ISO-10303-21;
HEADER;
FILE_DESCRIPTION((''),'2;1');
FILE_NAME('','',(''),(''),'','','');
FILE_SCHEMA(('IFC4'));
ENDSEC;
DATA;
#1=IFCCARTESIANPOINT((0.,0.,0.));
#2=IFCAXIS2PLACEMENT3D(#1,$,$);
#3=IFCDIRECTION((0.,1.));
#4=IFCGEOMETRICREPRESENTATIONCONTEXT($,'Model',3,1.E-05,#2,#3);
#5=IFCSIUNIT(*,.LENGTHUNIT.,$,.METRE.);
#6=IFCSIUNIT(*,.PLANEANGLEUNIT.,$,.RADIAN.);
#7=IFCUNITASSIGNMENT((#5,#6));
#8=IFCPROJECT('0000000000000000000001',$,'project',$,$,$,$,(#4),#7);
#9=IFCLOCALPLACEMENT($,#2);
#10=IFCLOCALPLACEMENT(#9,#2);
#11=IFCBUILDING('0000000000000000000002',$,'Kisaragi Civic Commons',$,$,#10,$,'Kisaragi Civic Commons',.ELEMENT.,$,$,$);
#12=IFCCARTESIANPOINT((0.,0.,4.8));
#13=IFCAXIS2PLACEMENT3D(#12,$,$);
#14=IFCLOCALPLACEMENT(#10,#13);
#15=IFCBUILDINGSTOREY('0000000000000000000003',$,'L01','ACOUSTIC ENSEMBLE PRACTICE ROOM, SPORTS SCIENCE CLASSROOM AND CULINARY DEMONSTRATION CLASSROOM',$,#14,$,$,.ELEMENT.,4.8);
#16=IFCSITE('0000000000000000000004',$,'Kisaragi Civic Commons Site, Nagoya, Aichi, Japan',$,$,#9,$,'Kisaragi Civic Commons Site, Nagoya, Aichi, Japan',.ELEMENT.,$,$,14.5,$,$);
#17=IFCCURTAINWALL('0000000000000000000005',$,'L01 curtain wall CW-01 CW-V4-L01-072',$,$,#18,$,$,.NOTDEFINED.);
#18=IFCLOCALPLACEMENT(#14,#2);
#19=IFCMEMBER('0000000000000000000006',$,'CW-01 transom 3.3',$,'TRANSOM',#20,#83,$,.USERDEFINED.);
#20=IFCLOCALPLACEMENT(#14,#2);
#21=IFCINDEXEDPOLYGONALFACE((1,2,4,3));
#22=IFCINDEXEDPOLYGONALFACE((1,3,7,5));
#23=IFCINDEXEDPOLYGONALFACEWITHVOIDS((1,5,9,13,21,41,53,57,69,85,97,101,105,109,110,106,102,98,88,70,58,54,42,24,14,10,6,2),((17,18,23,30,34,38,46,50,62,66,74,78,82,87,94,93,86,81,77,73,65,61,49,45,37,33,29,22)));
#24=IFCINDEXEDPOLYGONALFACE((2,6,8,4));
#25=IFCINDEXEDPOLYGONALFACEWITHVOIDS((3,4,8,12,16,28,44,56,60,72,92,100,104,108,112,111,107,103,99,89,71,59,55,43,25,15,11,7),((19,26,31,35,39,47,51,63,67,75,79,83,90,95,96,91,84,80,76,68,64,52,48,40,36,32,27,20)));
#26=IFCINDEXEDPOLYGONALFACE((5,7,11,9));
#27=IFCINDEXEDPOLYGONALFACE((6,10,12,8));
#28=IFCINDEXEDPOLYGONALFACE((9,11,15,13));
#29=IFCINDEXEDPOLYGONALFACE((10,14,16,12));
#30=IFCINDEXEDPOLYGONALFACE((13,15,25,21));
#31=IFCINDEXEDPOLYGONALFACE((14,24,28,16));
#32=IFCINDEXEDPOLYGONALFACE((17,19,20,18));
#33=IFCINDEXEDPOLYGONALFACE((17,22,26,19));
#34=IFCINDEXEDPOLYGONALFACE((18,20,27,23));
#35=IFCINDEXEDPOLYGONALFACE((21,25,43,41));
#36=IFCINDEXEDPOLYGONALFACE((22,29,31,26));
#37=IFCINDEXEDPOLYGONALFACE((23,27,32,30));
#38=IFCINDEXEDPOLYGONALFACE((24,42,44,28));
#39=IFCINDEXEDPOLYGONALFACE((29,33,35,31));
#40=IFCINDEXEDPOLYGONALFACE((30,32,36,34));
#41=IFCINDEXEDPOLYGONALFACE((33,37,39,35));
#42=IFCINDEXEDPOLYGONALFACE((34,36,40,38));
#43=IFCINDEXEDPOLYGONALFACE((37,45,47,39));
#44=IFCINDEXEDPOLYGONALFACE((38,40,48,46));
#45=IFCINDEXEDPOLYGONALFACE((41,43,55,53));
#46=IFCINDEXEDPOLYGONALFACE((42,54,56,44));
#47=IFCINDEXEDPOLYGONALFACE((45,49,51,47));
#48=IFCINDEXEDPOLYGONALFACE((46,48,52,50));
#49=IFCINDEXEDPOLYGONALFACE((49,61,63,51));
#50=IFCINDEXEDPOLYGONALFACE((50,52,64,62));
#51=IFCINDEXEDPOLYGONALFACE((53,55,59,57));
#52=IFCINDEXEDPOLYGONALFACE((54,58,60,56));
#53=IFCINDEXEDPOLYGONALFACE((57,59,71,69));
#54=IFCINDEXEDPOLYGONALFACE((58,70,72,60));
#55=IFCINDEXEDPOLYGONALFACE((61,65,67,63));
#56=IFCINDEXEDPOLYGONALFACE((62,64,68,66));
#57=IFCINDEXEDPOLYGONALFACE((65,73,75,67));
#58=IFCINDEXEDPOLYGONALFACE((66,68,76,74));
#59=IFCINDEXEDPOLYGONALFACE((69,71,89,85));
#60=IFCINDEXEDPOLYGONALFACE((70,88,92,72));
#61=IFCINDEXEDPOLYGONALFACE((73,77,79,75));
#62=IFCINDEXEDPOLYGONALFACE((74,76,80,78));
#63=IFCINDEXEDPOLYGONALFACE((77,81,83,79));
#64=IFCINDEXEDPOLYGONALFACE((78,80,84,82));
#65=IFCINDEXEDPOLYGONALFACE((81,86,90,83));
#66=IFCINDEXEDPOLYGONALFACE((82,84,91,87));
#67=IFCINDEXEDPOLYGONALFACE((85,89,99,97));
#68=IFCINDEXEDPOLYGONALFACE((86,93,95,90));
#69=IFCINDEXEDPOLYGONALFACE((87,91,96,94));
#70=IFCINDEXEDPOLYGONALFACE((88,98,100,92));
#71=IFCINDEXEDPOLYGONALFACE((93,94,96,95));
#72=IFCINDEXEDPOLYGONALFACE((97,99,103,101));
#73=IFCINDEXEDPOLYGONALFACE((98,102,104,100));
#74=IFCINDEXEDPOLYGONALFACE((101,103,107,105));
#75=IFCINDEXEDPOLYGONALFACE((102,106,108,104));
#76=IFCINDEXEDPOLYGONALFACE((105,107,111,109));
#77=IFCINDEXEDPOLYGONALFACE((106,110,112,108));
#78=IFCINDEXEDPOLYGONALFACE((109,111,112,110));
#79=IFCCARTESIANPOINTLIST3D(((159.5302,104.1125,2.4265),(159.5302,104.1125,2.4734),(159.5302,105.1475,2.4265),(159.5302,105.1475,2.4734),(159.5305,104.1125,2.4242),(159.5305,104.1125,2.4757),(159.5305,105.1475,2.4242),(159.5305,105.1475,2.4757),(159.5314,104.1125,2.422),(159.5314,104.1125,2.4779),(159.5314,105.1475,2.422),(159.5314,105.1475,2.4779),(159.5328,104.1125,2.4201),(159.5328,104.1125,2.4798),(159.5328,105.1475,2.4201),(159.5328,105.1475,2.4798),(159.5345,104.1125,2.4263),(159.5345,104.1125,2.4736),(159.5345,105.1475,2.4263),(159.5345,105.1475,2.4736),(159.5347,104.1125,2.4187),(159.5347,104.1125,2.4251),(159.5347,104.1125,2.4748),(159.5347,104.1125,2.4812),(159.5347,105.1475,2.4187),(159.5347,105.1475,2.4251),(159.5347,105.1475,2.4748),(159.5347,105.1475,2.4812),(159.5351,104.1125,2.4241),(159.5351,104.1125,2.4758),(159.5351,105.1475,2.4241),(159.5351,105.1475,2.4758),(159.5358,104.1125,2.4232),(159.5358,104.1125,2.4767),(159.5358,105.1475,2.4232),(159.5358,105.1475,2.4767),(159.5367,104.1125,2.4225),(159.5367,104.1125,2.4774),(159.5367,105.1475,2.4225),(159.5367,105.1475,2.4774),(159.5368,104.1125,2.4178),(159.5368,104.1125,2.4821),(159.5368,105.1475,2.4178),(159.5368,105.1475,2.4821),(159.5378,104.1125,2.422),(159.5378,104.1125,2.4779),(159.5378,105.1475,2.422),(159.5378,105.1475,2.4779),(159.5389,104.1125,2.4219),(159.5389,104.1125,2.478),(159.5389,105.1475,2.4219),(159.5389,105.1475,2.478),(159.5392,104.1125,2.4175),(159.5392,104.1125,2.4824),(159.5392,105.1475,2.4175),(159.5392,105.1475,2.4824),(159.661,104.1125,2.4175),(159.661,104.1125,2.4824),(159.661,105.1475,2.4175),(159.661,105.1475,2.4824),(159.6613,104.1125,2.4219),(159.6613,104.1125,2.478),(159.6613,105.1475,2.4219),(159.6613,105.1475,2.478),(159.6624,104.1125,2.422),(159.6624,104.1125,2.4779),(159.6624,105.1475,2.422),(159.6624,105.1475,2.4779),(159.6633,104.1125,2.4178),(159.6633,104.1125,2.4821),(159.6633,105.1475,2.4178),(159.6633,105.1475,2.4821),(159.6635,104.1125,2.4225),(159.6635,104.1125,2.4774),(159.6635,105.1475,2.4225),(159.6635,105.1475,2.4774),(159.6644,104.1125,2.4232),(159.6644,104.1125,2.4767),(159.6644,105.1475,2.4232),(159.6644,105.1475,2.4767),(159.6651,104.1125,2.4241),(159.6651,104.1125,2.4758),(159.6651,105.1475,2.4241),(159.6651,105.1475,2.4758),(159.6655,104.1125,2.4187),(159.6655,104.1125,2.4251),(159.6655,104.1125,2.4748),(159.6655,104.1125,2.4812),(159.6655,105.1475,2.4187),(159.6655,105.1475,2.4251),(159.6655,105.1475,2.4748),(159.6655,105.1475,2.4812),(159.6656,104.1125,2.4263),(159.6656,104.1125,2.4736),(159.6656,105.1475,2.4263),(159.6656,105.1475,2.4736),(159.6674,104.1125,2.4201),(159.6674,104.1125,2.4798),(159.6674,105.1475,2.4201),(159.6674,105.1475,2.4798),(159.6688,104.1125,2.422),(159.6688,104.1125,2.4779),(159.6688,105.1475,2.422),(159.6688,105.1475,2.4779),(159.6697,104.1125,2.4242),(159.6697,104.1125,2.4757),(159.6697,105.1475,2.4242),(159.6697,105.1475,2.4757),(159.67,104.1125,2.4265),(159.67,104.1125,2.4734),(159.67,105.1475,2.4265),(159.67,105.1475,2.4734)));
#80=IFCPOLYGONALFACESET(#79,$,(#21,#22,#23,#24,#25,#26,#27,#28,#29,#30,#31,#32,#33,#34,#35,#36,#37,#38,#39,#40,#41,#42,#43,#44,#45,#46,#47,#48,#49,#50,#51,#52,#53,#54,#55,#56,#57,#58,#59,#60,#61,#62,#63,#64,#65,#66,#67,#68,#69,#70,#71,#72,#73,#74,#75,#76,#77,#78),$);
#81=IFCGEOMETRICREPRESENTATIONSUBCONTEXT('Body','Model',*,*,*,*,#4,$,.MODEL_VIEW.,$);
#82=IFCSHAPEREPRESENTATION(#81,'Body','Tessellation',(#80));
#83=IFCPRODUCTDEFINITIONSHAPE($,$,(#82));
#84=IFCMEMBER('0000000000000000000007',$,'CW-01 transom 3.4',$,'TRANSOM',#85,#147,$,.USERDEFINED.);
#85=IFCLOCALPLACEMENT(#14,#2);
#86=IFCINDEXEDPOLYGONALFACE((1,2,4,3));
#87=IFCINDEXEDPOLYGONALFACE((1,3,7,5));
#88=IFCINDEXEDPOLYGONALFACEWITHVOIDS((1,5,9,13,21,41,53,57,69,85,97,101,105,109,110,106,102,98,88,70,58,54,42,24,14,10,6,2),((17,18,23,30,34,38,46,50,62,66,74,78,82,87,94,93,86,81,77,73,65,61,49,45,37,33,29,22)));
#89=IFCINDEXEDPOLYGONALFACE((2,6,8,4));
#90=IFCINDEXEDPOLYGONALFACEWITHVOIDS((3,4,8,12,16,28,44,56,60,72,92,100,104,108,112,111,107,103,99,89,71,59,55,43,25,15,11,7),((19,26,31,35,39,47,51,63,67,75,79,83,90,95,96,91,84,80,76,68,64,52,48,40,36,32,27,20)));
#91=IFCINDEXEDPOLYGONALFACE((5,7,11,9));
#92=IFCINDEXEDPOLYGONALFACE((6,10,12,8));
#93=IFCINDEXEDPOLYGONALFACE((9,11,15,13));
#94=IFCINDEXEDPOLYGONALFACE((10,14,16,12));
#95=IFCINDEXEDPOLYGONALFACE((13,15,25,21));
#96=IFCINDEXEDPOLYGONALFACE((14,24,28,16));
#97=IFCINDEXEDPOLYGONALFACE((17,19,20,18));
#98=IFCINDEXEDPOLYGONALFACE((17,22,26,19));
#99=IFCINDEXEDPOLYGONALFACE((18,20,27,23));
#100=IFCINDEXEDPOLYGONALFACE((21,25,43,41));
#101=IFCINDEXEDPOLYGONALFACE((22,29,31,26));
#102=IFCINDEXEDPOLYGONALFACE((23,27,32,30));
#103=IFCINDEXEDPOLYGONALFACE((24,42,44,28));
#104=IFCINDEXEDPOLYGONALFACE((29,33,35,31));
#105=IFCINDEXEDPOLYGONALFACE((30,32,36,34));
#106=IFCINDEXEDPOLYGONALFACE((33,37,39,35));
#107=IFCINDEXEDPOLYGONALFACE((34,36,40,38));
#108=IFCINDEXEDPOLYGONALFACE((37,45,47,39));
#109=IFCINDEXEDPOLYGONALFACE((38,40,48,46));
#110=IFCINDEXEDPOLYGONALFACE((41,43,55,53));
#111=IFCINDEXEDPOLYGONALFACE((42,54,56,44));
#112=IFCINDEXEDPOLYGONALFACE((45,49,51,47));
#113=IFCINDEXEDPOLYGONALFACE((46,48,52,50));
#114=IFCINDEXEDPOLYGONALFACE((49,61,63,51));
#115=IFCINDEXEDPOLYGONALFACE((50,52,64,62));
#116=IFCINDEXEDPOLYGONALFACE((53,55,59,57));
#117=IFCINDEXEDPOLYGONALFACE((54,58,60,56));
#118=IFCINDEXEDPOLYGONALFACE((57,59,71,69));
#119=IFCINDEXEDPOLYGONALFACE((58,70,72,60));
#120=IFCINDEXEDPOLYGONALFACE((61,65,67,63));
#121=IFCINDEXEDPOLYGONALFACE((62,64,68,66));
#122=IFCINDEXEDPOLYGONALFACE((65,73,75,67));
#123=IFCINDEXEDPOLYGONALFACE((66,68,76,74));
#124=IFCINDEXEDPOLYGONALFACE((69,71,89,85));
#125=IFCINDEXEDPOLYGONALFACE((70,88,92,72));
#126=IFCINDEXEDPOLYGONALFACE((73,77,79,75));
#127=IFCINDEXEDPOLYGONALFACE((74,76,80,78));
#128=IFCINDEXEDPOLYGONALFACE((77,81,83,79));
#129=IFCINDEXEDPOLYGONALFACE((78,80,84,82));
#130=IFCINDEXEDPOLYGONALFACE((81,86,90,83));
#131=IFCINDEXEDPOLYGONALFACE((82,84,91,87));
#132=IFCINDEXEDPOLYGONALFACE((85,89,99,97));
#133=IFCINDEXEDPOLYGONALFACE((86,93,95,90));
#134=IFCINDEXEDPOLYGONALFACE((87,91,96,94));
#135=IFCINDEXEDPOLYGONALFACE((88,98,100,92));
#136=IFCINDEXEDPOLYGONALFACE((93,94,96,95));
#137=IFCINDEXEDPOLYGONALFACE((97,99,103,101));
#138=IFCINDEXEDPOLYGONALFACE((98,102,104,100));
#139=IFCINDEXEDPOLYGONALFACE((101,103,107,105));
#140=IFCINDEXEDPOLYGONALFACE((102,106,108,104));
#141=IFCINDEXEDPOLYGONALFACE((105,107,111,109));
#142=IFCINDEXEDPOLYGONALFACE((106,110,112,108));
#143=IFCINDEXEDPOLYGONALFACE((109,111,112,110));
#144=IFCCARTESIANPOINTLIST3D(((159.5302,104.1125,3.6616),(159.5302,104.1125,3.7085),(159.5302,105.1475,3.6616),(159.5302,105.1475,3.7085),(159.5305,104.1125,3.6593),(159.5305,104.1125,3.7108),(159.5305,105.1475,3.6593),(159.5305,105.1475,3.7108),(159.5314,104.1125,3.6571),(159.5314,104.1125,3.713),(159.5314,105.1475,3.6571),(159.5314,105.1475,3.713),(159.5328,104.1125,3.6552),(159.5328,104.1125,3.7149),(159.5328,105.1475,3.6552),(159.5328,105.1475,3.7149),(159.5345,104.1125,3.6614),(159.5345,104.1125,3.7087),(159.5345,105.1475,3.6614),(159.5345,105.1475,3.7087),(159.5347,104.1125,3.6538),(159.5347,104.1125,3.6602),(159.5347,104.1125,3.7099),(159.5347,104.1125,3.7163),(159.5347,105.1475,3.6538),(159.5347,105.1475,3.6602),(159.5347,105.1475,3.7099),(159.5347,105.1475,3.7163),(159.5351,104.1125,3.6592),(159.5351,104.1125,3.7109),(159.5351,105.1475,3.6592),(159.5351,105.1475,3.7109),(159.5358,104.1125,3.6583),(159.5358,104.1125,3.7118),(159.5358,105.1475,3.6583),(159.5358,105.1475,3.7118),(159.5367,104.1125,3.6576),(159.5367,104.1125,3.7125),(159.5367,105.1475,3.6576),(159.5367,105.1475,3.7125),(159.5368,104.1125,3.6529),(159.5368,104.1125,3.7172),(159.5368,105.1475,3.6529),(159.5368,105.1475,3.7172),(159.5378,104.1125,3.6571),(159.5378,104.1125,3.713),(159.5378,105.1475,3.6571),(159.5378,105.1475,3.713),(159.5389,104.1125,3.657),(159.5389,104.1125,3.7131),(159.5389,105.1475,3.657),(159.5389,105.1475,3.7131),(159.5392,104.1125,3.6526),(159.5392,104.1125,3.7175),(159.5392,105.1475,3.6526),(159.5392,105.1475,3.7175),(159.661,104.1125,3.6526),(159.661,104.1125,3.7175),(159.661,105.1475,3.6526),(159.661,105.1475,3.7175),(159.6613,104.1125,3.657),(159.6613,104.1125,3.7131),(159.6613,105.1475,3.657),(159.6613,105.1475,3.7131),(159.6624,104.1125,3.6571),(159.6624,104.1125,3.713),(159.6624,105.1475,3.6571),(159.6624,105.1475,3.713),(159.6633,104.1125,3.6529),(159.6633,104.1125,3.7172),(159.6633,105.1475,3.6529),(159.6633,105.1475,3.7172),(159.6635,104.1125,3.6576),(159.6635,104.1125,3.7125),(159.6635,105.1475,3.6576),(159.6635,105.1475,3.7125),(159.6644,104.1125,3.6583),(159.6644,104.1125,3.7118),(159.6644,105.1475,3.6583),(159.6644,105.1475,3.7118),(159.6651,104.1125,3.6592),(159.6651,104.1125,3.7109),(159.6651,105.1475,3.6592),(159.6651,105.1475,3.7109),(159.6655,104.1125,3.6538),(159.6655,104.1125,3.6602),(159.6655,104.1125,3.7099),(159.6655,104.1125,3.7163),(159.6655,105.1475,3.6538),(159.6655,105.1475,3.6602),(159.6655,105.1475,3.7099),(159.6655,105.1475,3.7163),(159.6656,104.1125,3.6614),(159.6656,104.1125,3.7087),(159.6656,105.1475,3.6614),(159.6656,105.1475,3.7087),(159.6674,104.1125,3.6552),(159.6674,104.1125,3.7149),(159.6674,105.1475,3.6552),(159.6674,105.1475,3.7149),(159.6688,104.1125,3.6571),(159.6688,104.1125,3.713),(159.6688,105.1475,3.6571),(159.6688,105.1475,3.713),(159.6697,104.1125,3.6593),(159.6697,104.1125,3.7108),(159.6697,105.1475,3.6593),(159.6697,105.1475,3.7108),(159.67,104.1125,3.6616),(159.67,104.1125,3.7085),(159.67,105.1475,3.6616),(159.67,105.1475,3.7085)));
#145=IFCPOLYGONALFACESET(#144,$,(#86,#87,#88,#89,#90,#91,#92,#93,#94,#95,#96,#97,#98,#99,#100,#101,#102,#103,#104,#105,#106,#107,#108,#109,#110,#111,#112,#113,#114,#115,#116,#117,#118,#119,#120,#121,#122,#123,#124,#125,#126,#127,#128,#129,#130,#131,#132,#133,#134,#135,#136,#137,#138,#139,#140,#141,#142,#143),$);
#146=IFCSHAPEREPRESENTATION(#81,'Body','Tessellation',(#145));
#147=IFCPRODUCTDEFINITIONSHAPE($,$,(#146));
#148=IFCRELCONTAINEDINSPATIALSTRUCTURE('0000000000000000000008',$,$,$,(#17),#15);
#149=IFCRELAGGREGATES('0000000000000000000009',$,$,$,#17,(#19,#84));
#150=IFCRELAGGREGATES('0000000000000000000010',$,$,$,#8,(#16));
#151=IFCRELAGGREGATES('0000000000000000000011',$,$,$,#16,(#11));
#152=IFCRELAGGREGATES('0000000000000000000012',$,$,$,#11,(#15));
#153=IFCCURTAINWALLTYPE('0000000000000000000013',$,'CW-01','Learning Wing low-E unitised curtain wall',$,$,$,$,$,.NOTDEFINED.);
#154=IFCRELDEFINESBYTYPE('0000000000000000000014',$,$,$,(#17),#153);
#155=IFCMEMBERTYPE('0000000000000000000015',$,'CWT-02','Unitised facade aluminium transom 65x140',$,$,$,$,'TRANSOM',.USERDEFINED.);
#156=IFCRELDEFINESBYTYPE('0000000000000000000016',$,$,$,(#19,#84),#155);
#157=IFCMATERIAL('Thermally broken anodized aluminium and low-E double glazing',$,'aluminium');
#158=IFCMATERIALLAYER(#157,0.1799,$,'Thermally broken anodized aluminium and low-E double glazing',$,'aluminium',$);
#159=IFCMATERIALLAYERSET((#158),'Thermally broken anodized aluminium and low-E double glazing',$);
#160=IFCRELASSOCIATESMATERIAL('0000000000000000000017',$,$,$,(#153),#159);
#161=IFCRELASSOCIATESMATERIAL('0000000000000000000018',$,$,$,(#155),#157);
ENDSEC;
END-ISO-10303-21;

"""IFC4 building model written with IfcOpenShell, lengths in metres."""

from ifc_helpers import new_model, si_unit, direction, frame, origin, origin_2d, place, context, subcontext, project, spatial, hollow_rectangle, extrude, material, layer, layer_set, material_profile, profile_set, type_object, element, aggregate, save


model = new_model("IFC4")

# Units and contexts
model_context = context("Model", 3, precision=1e-05, world=origin(), true_north=direction((0.0, 1.0)))
body_context = subcontext(model_context, "Body", "Model", "MODEL_VIEW")
ifc_project = project(units=[si_unit("LENGTHUNIT", "METRE"), si_unit("PLANEANGLEUNIT", "RADIAN")], contexts=[model_context])

# Site, building, storey
site_placement = place(None, origin())
site = spatial("IfcSite", under=ifc_project, at=site_placement, Name="Kisaragi Civic Commons Site, Nagoya, Aichi, Japan", LongName="Kisaragi Civic Commons Site, Nagoya, Aichi, Japan", CompositionType="ELEMENT", RefElevation=14.5)
building_placement = place(site_placement, origin())
building = spatial("IfcBuilding", under=site, at=building_placement, Name="Kisaragi Civic Commons", LongName="Kisaragi Civic Commons", CompositionType="ELEMENT")
storey_placement = place(building_placement, frame((0.0, 0.0, 4.8)))
storey = spatial("IfcBuildingStorey", under=building, at=storey_placement, Name="L01", Description="ACOUSTIC ENSEMBLE PRACTICE ROOM, SPORTS SCIENCE CLASSROOM AND CULINARY DEMONSTRATION CLASSROOM", CompositionType="ELEMENT", Elevation=4.8)

# Curtain wall, members
ifc_material = material(Name="Thermally broken anodized aluminium and low-E double glazing", Category="aluminium")
ifc_layer_1 = layer(ifc_material, 0.1799, Name="Thermally broken anodized aluminium and low-E double glazing", Category="aluminium")
ifc_layer_set_1 = layer_set([ifc_layer_1], Name="Thermally broken anodized aluminium and low-E double glazing")
curtain_wall_type = type_object("IfcCurtainWallType", Name="CW-01", Description="Learning Wing low-E unitised curtain wall", PredefinedType="NOTDEFINED", material=ifc_layer_set_1)
curtain_wall_placement = place(storey_placement, origin())
curtain_wall = element("IfcCurtainWall", 1, at=curtain_wall_placement, inside=storey, type_object=curtain_wall_type, Name="L01 curtain wall CW-01 CW-V4-L01-072", PredefinedType="NOTDEFINED")
ifc_material_profile_1 = material_profile(ifc_material, hollow_rectangle(XDim=0.1399, YDim=0.0649, WallThickness=0.0044, InnerFilletRadius=0.0044, OuterFilletRadius=0.009, at=origin_2d()), Name="CWT-65x140x4.5", Category="aluminium")
ifc_profile_set_1 = profile_set([ifc_material_profile_1], Name="Thermally broken anodized aluminium and low-E double glazing")
member_type_1 = type_object("IfcMemberType", Name="CWT-02", Description="Unitised facade aluminium transom 65x140", ElementType="TRANSOM", PredefinedType="USERDEFINED", material=ifc_profile_set_1)
member_1_placement = place(storey_placement, frame((159.6001, 105.1475, 2.45), z_axis=(0.0, -1.0, 0.0), x_axis=(1.0, 0.0, 0.0)))
member_1 = element("IfcMember", 2, at=member_1_placement, type_object=member_type_1, Name="CW-01 transom 3.3", ObjectType="TRANSOM", PredefinedType="USERDEFINED", context=body_context, shape_type="SweptSolid", body=[
    extrude(hollow_rectangle(XDim=0.1399, YDim=0.0649, WallThickness=0.0044, InnerFilletRadius=0.0044, OuterFilletRadius=0.009, at=origin_2d()), origin(), (0.0, 0.0, 1.0), 1.0349),
])
member_2_placement = place(storey_placement, frame((159.6001, 105.1475, 3.6851), z_axis=(0.0, -1.0, 0.0), x_axis=(1.0, 0.0, 0.0)))
member_2 = element("IfcMember", 3, at=member_2_placement, type_object=member_type_1, Name="CW-01 transom 3.4", ObjectType="TRANSOM", PredefinedType="USERDEFINED", context=body_context, shape_type="SweptSolid", body=[
    extrude(hollow_rectangle(XDim=0.1399, YDim=0.0649, WallThickness=0.0044, InnerFilletRadius=0.0044, OuterFilletRadius=0.009, at=origin_2d()), origin(), (0.0, 0.0, 1.0), 1.0349),
])
aggregate(curtain_wall, [member_1, member_2])

save(model, "model.ifc")
